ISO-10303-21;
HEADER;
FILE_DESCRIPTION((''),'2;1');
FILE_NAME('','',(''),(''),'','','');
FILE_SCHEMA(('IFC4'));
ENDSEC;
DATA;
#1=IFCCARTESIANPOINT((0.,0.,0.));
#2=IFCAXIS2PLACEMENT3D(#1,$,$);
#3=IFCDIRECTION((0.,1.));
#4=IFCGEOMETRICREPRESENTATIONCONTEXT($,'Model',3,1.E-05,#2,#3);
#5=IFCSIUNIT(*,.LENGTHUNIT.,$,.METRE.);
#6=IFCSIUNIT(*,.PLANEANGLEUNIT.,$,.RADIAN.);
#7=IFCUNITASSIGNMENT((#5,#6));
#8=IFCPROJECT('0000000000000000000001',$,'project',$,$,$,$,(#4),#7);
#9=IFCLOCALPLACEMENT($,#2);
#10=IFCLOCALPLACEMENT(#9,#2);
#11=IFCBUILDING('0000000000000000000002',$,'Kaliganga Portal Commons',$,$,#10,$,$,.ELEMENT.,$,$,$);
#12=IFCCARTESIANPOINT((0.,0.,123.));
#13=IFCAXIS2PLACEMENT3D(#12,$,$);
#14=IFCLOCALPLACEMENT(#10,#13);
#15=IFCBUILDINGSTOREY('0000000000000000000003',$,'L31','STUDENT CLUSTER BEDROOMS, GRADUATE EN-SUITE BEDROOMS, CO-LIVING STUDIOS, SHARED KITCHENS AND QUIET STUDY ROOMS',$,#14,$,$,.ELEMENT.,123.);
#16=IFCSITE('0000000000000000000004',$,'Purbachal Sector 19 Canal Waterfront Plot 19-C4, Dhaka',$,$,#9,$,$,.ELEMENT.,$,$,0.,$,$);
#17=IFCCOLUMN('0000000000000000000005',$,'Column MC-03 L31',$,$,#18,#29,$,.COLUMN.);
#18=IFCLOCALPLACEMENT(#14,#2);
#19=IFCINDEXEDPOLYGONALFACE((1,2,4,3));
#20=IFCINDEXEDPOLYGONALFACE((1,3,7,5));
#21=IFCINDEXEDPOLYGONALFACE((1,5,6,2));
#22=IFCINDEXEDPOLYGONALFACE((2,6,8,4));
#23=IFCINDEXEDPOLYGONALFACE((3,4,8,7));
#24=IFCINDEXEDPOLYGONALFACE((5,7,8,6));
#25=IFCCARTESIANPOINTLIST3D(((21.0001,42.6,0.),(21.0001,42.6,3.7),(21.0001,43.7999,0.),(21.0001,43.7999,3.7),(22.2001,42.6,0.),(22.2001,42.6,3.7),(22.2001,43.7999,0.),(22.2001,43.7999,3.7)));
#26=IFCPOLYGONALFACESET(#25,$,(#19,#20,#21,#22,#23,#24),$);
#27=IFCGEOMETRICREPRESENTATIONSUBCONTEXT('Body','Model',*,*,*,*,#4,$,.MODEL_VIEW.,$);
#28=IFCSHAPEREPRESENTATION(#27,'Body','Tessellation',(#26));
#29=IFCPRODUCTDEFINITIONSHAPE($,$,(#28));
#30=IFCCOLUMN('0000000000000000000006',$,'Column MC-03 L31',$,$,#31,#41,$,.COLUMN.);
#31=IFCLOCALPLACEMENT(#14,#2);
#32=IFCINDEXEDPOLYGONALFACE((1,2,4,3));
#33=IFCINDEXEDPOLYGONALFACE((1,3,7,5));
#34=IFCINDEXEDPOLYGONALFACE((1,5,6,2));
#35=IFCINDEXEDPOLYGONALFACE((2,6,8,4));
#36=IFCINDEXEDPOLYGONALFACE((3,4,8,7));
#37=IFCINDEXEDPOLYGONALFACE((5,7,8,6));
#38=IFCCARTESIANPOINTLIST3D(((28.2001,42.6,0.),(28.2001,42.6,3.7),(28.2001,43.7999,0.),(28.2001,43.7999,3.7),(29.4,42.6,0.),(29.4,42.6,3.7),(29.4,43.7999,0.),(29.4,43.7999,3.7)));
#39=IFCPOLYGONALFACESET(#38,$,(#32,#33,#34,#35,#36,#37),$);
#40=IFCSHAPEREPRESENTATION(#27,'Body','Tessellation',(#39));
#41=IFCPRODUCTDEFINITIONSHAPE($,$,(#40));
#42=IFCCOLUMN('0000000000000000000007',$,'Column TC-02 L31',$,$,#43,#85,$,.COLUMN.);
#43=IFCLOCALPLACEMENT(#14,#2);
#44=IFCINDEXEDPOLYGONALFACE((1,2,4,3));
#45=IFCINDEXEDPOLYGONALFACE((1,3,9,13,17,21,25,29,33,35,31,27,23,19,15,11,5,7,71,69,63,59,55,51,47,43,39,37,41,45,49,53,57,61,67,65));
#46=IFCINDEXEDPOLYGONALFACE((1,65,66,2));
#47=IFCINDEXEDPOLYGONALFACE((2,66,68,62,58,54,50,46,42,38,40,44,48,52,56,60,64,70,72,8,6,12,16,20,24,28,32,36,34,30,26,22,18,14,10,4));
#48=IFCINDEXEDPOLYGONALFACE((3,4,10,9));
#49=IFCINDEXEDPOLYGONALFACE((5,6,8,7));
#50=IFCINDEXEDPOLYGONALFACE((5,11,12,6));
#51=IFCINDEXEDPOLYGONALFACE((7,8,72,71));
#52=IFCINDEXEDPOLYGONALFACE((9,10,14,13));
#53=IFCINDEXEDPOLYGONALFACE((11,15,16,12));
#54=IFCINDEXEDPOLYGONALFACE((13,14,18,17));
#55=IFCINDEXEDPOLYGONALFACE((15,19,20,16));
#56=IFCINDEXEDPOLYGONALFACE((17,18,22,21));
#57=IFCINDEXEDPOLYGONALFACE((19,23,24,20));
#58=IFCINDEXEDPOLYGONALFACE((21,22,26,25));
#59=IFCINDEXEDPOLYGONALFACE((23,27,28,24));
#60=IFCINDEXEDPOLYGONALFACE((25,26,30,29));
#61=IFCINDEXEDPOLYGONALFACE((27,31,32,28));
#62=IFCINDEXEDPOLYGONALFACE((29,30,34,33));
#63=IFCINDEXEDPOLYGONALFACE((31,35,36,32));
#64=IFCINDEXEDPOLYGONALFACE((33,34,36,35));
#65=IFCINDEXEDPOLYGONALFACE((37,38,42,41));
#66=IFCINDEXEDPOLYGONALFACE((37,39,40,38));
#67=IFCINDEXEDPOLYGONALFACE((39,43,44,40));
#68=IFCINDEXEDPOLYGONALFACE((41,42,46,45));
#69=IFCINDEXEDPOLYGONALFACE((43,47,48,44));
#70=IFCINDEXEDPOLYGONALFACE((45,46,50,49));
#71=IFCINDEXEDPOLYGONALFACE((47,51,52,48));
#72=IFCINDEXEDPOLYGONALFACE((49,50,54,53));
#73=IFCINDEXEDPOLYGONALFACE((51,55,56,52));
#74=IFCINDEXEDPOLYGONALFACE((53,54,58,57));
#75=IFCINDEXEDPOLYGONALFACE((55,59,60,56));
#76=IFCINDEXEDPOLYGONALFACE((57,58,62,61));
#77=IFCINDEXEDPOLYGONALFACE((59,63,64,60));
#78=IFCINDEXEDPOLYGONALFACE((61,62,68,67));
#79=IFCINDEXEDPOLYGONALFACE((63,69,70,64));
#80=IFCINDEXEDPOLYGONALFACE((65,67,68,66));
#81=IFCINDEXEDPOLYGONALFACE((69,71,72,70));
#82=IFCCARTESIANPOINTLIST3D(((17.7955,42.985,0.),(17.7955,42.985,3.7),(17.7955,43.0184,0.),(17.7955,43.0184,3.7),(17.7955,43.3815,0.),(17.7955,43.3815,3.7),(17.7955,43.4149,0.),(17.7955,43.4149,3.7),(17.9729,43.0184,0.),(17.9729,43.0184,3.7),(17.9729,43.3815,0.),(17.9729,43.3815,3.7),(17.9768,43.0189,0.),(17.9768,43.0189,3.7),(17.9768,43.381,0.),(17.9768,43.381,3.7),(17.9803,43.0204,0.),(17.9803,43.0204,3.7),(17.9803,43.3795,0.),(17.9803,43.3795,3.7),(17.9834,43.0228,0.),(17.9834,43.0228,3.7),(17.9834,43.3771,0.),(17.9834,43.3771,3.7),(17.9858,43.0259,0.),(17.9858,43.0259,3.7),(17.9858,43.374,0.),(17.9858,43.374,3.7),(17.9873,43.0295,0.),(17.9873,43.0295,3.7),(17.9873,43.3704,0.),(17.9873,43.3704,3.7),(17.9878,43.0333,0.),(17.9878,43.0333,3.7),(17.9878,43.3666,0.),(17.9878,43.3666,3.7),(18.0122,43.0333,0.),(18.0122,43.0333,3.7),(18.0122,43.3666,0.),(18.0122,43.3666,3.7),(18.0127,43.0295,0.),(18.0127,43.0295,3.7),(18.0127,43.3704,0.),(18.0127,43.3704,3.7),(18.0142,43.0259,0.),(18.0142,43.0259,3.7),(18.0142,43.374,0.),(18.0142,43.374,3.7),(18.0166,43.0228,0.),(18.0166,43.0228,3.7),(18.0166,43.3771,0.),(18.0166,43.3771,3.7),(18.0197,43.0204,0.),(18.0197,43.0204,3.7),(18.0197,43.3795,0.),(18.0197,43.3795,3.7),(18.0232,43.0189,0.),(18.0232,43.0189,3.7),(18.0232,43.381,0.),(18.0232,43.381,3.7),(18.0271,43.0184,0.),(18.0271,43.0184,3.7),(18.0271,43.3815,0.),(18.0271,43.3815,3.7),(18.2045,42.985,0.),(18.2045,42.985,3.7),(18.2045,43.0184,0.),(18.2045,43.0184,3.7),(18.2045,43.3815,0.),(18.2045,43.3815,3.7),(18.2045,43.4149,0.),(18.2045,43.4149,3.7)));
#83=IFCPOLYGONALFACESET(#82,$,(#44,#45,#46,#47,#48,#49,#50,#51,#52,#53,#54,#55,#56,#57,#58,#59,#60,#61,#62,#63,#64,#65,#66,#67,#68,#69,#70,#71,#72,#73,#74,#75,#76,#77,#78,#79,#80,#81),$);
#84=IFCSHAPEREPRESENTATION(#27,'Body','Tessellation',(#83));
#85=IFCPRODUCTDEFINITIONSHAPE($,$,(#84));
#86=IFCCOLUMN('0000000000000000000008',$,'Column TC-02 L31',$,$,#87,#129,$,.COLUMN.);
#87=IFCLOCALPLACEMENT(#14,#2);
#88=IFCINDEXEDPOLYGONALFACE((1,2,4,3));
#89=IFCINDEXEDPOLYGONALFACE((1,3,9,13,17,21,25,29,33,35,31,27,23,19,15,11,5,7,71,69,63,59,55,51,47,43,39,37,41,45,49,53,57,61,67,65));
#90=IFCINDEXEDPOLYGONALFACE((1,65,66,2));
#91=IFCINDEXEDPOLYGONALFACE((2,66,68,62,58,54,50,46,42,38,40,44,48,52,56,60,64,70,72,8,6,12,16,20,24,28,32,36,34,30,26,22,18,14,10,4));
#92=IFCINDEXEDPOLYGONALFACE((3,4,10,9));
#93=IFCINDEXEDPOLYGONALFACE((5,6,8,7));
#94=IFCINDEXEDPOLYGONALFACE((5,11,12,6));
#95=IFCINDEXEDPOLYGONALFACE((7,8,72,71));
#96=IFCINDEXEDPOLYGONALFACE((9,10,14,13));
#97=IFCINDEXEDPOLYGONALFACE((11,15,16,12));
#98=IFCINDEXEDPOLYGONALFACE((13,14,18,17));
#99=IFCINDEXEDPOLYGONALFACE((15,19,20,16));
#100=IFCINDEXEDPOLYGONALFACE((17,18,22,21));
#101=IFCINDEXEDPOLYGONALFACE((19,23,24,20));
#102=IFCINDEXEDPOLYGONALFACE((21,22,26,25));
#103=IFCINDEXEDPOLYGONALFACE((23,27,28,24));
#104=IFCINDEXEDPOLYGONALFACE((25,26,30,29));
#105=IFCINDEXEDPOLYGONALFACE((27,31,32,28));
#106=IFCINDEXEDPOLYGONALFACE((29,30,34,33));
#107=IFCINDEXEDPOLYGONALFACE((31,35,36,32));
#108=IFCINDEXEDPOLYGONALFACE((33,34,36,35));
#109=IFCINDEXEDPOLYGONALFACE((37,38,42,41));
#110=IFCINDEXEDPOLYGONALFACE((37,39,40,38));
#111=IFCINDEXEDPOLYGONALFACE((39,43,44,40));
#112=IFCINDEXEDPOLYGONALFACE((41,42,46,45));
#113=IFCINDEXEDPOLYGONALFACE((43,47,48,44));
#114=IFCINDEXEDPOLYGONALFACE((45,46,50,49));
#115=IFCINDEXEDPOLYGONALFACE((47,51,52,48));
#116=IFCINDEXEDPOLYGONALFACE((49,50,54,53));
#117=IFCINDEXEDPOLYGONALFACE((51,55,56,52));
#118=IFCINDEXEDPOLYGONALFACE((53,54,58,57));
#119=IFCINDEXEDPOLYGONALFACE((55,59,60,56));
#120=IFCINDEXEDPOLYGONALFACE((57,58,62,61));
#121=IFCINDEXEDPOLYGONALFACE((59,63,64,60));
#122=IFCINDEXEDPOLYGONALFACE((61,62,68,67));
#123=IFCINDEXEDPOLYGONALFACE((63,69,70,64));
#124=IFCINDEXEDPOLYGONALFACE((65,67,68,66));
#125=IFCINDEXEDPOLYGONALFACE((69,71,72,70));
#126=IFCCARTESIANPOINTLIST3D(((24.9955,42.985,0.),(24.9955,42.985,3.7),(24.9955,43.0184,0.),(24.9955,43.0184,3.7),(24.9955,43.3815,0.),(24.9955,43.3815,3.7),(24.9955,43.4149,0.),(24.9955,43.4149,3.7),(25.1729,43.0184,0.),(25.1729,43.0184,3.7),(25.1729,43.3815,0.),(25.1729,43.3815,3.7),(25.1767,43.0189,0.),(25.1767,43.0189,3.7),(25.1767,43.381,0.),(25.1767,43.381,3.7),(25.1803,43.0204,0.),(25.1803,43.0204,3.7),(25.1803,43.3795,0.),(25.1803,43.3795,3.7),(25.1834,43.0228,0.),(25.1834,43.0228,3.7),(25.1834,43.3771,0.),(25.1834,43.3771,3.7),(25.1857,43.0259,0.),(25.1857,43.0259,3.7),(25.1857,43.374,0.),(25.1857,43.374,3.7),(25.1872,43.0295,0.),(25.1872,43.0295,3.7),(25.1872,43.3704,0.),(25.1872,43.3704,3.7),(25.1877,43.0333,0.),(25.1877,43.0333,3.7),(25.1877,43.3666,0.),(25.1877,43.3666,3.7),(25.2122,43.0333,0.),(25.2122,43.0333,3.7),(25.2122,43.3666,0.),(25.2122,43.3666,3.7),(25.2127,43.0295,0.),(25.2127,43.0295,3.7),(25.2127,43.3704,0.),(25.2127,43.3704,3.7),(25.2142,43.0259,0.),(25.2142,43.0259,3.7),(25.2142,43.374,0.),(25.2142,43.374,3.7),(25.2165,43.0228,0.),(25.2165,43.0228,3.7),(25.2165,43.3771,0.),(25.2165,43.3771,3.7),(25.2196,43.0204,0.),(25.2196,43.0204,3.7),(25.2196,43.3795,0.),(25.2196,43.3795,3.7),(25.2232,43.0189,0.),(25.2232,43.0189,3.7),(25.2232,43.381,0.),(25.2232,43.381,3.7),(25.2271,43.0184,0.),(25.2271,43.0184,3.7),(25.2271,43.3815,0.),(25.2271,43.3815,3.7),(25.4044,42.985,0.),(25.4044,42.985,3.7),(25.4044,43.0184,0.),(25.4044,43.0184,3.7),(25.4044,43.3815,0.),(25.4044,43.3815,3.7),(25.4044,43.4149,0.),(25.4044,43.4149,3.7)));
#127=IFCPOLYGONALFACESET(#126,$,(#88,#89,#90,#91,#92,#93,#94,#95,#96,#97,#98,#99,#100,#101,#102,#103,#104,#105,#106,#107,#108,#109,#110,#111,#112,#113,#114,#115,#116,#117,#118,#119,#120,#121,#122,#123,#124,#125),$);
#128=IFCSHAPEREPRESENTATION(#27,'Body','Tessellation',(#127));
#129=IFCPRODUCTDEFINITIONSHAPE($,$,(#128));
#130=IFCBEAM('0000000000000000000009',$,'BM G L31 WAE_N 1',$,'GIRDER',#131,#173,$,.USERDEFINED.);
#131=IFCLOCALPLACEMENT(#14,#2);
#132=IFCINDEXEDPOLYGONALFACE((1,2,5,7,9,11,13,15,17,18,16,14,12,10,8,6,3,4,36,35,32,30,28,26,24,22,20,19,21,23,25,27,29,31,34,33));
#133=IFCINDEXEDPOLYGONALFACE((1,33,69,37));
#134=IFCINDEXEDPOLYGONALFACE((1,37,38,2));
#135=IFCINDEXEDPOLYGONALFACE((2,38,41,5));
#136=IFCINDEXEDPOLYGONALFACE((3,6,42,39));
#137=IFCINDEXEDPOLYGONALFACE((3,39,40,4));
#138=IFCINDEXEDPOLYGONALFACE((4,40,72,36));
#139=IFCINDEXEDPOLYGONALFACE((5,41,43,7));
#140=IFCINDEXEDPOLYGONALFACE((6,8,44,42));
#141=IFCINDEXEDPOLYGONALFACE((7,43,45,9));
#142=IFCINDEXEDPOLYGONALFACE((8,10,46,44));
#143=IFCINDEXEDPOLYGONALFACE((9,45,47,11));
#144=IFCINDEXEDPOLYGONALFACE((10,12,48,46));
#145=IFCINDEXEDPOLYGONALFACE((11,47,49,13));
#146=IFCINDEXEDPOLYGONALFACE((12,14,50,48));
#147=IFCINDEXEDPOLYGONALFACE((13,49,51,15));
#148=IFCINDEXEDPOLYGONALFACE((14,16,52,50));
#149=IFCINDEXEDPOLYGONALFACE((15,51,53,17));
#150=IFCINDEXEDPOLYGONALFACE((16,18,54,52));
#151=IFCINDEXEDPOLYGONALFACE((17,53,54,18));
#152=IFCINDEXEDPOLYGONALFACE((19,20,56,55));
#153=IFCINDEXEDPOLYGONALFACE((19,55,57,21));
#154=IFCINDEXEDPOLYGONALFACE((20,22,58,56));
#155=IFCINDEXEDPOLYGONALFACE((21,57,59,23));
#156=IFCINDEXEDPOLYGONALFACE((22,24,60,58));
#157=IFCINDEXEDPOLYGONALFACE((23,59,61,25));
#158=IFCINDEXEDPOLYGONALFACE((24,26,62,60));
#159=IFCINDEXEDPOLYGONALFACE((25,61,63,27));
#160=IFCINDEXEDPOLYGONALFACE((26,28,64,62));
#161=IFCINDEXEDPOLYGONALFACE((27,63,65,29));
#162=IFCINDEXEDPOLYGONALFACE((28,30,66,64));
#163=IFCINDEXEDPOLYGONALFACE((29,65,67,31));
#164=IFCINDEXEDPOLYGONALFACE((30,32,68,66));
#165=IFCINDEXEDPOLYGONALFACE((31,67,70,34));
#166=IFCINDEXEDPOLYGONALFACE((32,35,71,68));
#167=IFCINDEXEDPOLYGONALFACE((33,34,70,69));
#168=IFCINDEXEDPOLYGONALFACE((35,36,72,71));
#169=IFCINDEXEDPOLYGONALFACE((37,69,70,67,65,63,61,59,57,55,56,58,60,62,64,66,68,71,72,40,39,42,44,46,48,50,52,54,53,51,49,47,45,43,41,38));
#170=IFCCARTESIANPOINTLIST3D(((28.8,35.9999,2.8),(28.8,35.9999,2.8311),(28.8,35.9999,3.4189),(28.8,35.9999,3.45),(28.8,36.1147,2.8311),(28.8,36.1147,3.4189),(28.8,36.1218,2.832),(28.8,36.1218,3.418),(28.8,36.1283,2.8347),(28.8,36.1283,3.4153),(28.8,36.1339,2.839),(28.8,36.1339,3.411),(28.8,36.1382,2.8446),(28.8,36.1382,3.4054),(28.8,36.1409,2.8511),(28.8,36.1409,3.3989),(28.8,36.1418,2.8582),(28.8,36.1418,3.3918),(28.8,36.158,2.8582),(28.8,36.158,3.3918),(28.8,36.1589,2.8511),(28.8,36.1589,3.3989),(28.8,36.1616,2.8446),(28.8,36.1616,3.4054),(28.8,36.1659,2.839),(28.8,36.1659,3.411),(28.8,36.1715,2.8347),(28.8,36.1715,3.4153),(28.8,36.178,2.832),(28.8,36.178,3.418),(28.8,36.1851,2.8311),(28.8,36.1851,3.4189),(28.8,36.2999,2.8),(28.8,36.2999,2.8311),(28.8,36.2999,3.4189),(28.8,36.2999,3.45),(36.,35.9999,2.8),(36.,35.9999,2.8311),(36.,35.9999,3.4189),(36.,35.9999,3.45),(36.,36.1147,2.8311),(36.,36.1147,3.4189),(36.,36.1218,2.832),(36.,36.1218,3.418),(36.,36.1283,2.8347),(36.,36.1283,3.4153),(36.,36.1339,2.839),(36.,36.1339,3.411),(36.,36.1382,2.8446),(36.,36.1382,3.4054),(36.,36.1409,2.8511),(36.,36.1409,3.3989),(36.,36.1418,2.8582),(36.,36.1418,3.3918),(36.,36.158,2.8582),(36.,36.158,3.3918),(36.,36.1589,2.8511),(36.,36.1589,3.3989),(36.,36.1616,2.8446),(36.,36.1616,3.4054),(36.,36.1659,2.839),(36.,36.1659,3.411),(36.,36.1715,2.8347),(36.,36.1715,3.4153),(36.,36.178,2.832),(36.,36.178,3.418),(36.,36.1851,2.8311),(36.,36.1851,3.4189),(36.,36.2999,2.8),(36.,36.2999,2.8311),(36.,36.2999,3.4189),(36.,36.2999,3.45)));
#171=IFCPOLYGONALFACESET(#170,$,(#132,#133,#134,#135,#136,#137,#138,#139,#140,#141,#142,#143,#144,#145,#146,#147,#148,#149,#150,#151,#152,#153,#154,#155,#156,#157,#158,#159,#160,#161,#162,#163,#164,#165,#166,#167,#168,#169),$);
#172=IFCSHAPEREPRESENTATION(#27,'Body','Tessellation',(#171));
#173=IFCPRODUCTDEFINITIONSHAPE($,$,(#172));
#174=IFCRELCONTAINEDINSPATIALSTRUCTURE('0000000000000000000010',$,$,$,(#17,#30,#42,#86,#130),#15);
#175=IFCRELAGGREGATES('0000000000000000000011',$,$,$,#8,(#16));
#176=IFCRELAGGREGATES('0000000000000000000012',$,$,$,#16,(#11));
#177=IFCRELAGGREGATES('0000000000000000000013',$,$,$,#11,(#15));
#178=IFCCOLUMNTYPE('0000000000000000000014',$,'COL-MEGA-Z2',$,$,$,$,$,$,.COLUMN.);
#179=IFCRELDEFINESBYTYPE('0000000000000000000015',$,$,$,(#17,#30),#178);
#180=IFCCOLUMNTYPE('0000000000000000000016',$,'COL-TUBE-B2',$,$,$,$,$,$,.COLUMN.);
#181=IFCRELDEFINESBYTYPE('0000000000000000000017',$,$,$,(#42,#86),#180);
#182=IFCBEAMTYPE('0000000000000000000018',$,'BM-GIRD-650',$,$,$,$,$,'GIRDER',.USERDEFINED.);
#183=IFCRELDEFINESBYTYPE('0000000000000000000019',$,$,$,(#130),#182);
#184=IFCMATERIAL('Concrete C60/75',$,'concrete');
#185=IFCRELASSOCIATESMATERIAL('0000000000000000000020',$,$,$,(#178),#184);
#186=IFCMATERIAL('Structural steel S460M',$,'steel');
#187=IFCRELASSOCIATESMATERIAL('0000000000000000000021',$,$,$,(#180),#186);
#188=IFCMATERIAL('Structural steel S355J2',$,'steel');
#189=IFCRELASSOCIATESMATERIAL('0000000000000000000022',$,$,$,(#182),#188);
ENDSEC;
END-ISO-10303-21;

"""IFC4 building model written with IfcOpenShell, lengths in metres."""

from ifc_helpers import new_model, si_unit, direction, frame, origin, origin_2d, place, context, subcontext, project, spatial, rectangle, i_section, extrude, source, transform, mapped, material, material_profile, profile_set, type_object, element, save


model = new_model("IFC4")

# Units and contexts
model_context = context("Model", 3, precision=1e-05, world=origin(), true_north=direction((0.0, 1.0)))
body_context = subcontext(model_context, "Body", "Model", "MODEL_VIEW")
ifc_project = project(units=[si_unit("LENGTHUNIT", "METRE"), si_unit("PLANEANGLEUNIT", "RADIAN")], contexts=[model_context])

# Site, building, storey
site_placement = place(None, origin())
site = spatial("IfcSite", under=ifc_project, at=site_placement, Name="Purbachal Sector 19 Canal Waterfront Plot 19-C4, Dhaka", CompositionType="ELEMENT", RefElevation=0.0)
building_placement = place(site_placement, origin())
building = spatial("IfcBuilding", under=site, at=building_placement, Name="Kaliganga Portal Commons", CompositionType="ELEMENT")
storey_placement = place(building_placement, frame((0.0, 0.0, 123.0)))
storey = spatial("IfcBuildingStorey", under=building, at=storey_placement, Name="L31", Description="STUDENT CLUSTER BEDROOMS, GRADUATE EN-SUITE BEDROOMS, CO-LIVING STUDIOS, SHARED KITCHENS AND QUIET STUDY ROOMS", CompositionType="ELEMENT", Elevation=123.0)

# Columns
ifc_material_1 = material(Name="Concrete C60/75", Category="concrete")
ifc_material_profile_1 = material_profile(ifc_material_1, rectangle(XDim=1.2, YDim=1.2, at=origin_2d()), Name="RC 1200x1200")
ifc_profile_set_1 = profile_set([ifc_material_profile_1], Name="Concrete C60/75")
column_type_1 = type_object("IfcColumnType", Name="COL-MEGA-Z2", PredefinedType="COLUMN", material=ifc_profile_set_1)
shared_shape_1 = source(origin(), body_context, "Body", "SweptSolid", [
    extrude(rectangle(XDim=1.2, YDim=1.2, at=origin_2d()), origin(), (0.0, 0.0, 1.0), 3.7),
])
for number, where, z_axis, x_axis, name in (
    (1, (21.6001, 43.2, 0.0), (0.0, 0.0, 1.0), (1.0, 0.0, 0.0), "Column MC-03 L31"),
    (2, (28.8, 43.2, 0.0), (0.0, 0.0, 1.0), (1.0, 0.0, 0.0), "Column MC-03 L31"),
):
    element("IfcColumn", number, at=place(storey_placement, frame(where, z_axis=z_axis, x_axis=x_axis)), inside=storey, type_object=column_type_1, Name=name, PredefinedType="COLUMN", context=body_context, shape_type="MappedRepresentation", body=[
        mapped(shared_shape_1, transform((0.0, 0.0, 0.0), x_axis=(1.0, 0.0, 0.0), y_axis=(0.0, 1.0, 0.0), z_axis=(0.0, 0.0, 1.0), scale=1.0)),
    ])
ifc_material_2 = material(Name="Structural steel S460M", Category="steel")
ifc_material_profile_2 = material_profile(ifc_material_2, i_section(OverallWidth=0.4089, OverallDepth=0.4299, WebThickness=0.0244, FlangeThickness=0.0334, FilletRadius=0.0149, at=origin_2d()), Name="HD 400x421")
ifc_profile_set_2 = profile_set([ifc_material_profile_2], Name="Structural steel S460M wide-flange")
column_type_2 = type_object("IfcColumnType", Name="COL-TUBE-B2", PredefinedType="COLUMN", material=ifc_profile_set_2)
shared_shape_2 = source(origin(), body_context, "Body", "SweptSolid", [
    extrude(i_section(OverallWidth=0.4089, OverallDepth=0.4299, WebThickness=0.0244, FlangeThickness=0.0334, FilletRadius=0.0149, at=origin_2d()), origin(), (0.0, 0.0, 1.0), 3.7),
])
for number, where, z_axis, x_axis, name in (
    (3, (18.0, 43.2, 0.0), (0.0, 0.0, 1.0), (1.0, 0.0, 0.0), "Column TC-02 L31"),
    (4, (25.2, 43.2, 0.0), (0.0, 0.0, 1.0), (1.0, 0.0, 0.0), "Column TC-02 L31"),
):
    element("IfcColumn", number, at=place(storey_placement, frame(where, z_axis=z_axis, x_axis=x_axis)), inside=storey, type_object=column_type_2, Name=name, PredefinedType="COLUMN", context=body_context, shape_type="MappedRepresentation", body=[
        mapped(shared_shape_2, transform((0.0, 0.0, 0.0), x_axis=(1.0, 0.0, 0.0), y_axis=(0.0, 1.0, 0.0), z_axis=(0.0, 0.0, 1.0), scale=1.0)),
    ])

# Beam
ifc_material_3 = material(Name="Structural steel S355J2", Category="steel")
ifc_material_profile_3 = material_profile(ifc_material_3, i_section(OverallWidth=0.3, OverallDepth=0.6499, WebThickness=0.0161, FlangeThickness=0.031, FilletRadius=0.0271, at=origin_2d()), Name="HE 650 B")
ifc_profile_set_3 = profile_set([ifc_material_profile_3], Name="Structural steel S355J2 wide-flange")
beam_type_1 = type_object("IfcBeamType", Name="BM-GIRD-650", ElementType="GIRDER", PredefinedType="USERDEFINED", material=ifc_profile_set_3)
shared_shape_3 = source(origin(), body_context, "Body", "SweptSolid", [
    extrude(i_section(OverallWidth=0.3, OverallDepth=0.6499, WebThickness=0.0161, FlangeThickness=0.031, FilletRadius=0.0271, at=origin_2d()), origin(), (0.0, 0.0, 1.0), 7.2),
])
beam_1_placement = place(storey_placement, frame((28.8, 36.1499, 3.125), z_axis=(1.0, 0.0, 0.0), x_axis=(0.0, 1.0, 0.0)))
element("IfcBeam", 5, at=beam_1_placement, inside=storey, type_object=beam_type_1, Name="BM G L31 WAE_N 1", ObjectType="GIRDER", PredefinedType="USERDEFINED", context=body_context, shape_type="MappedRepresentation", body=[
    mapped(shared_shape_3, transform((0.0, 0.0, 0.0), x_axis=(1.0, 0.0, 0.0), y_axis=(0.0, 1.0, 0.0), z_axis=(0.0, 0.0, 1.0), scale=1.0)),
])

save(model, "model.ifc")
